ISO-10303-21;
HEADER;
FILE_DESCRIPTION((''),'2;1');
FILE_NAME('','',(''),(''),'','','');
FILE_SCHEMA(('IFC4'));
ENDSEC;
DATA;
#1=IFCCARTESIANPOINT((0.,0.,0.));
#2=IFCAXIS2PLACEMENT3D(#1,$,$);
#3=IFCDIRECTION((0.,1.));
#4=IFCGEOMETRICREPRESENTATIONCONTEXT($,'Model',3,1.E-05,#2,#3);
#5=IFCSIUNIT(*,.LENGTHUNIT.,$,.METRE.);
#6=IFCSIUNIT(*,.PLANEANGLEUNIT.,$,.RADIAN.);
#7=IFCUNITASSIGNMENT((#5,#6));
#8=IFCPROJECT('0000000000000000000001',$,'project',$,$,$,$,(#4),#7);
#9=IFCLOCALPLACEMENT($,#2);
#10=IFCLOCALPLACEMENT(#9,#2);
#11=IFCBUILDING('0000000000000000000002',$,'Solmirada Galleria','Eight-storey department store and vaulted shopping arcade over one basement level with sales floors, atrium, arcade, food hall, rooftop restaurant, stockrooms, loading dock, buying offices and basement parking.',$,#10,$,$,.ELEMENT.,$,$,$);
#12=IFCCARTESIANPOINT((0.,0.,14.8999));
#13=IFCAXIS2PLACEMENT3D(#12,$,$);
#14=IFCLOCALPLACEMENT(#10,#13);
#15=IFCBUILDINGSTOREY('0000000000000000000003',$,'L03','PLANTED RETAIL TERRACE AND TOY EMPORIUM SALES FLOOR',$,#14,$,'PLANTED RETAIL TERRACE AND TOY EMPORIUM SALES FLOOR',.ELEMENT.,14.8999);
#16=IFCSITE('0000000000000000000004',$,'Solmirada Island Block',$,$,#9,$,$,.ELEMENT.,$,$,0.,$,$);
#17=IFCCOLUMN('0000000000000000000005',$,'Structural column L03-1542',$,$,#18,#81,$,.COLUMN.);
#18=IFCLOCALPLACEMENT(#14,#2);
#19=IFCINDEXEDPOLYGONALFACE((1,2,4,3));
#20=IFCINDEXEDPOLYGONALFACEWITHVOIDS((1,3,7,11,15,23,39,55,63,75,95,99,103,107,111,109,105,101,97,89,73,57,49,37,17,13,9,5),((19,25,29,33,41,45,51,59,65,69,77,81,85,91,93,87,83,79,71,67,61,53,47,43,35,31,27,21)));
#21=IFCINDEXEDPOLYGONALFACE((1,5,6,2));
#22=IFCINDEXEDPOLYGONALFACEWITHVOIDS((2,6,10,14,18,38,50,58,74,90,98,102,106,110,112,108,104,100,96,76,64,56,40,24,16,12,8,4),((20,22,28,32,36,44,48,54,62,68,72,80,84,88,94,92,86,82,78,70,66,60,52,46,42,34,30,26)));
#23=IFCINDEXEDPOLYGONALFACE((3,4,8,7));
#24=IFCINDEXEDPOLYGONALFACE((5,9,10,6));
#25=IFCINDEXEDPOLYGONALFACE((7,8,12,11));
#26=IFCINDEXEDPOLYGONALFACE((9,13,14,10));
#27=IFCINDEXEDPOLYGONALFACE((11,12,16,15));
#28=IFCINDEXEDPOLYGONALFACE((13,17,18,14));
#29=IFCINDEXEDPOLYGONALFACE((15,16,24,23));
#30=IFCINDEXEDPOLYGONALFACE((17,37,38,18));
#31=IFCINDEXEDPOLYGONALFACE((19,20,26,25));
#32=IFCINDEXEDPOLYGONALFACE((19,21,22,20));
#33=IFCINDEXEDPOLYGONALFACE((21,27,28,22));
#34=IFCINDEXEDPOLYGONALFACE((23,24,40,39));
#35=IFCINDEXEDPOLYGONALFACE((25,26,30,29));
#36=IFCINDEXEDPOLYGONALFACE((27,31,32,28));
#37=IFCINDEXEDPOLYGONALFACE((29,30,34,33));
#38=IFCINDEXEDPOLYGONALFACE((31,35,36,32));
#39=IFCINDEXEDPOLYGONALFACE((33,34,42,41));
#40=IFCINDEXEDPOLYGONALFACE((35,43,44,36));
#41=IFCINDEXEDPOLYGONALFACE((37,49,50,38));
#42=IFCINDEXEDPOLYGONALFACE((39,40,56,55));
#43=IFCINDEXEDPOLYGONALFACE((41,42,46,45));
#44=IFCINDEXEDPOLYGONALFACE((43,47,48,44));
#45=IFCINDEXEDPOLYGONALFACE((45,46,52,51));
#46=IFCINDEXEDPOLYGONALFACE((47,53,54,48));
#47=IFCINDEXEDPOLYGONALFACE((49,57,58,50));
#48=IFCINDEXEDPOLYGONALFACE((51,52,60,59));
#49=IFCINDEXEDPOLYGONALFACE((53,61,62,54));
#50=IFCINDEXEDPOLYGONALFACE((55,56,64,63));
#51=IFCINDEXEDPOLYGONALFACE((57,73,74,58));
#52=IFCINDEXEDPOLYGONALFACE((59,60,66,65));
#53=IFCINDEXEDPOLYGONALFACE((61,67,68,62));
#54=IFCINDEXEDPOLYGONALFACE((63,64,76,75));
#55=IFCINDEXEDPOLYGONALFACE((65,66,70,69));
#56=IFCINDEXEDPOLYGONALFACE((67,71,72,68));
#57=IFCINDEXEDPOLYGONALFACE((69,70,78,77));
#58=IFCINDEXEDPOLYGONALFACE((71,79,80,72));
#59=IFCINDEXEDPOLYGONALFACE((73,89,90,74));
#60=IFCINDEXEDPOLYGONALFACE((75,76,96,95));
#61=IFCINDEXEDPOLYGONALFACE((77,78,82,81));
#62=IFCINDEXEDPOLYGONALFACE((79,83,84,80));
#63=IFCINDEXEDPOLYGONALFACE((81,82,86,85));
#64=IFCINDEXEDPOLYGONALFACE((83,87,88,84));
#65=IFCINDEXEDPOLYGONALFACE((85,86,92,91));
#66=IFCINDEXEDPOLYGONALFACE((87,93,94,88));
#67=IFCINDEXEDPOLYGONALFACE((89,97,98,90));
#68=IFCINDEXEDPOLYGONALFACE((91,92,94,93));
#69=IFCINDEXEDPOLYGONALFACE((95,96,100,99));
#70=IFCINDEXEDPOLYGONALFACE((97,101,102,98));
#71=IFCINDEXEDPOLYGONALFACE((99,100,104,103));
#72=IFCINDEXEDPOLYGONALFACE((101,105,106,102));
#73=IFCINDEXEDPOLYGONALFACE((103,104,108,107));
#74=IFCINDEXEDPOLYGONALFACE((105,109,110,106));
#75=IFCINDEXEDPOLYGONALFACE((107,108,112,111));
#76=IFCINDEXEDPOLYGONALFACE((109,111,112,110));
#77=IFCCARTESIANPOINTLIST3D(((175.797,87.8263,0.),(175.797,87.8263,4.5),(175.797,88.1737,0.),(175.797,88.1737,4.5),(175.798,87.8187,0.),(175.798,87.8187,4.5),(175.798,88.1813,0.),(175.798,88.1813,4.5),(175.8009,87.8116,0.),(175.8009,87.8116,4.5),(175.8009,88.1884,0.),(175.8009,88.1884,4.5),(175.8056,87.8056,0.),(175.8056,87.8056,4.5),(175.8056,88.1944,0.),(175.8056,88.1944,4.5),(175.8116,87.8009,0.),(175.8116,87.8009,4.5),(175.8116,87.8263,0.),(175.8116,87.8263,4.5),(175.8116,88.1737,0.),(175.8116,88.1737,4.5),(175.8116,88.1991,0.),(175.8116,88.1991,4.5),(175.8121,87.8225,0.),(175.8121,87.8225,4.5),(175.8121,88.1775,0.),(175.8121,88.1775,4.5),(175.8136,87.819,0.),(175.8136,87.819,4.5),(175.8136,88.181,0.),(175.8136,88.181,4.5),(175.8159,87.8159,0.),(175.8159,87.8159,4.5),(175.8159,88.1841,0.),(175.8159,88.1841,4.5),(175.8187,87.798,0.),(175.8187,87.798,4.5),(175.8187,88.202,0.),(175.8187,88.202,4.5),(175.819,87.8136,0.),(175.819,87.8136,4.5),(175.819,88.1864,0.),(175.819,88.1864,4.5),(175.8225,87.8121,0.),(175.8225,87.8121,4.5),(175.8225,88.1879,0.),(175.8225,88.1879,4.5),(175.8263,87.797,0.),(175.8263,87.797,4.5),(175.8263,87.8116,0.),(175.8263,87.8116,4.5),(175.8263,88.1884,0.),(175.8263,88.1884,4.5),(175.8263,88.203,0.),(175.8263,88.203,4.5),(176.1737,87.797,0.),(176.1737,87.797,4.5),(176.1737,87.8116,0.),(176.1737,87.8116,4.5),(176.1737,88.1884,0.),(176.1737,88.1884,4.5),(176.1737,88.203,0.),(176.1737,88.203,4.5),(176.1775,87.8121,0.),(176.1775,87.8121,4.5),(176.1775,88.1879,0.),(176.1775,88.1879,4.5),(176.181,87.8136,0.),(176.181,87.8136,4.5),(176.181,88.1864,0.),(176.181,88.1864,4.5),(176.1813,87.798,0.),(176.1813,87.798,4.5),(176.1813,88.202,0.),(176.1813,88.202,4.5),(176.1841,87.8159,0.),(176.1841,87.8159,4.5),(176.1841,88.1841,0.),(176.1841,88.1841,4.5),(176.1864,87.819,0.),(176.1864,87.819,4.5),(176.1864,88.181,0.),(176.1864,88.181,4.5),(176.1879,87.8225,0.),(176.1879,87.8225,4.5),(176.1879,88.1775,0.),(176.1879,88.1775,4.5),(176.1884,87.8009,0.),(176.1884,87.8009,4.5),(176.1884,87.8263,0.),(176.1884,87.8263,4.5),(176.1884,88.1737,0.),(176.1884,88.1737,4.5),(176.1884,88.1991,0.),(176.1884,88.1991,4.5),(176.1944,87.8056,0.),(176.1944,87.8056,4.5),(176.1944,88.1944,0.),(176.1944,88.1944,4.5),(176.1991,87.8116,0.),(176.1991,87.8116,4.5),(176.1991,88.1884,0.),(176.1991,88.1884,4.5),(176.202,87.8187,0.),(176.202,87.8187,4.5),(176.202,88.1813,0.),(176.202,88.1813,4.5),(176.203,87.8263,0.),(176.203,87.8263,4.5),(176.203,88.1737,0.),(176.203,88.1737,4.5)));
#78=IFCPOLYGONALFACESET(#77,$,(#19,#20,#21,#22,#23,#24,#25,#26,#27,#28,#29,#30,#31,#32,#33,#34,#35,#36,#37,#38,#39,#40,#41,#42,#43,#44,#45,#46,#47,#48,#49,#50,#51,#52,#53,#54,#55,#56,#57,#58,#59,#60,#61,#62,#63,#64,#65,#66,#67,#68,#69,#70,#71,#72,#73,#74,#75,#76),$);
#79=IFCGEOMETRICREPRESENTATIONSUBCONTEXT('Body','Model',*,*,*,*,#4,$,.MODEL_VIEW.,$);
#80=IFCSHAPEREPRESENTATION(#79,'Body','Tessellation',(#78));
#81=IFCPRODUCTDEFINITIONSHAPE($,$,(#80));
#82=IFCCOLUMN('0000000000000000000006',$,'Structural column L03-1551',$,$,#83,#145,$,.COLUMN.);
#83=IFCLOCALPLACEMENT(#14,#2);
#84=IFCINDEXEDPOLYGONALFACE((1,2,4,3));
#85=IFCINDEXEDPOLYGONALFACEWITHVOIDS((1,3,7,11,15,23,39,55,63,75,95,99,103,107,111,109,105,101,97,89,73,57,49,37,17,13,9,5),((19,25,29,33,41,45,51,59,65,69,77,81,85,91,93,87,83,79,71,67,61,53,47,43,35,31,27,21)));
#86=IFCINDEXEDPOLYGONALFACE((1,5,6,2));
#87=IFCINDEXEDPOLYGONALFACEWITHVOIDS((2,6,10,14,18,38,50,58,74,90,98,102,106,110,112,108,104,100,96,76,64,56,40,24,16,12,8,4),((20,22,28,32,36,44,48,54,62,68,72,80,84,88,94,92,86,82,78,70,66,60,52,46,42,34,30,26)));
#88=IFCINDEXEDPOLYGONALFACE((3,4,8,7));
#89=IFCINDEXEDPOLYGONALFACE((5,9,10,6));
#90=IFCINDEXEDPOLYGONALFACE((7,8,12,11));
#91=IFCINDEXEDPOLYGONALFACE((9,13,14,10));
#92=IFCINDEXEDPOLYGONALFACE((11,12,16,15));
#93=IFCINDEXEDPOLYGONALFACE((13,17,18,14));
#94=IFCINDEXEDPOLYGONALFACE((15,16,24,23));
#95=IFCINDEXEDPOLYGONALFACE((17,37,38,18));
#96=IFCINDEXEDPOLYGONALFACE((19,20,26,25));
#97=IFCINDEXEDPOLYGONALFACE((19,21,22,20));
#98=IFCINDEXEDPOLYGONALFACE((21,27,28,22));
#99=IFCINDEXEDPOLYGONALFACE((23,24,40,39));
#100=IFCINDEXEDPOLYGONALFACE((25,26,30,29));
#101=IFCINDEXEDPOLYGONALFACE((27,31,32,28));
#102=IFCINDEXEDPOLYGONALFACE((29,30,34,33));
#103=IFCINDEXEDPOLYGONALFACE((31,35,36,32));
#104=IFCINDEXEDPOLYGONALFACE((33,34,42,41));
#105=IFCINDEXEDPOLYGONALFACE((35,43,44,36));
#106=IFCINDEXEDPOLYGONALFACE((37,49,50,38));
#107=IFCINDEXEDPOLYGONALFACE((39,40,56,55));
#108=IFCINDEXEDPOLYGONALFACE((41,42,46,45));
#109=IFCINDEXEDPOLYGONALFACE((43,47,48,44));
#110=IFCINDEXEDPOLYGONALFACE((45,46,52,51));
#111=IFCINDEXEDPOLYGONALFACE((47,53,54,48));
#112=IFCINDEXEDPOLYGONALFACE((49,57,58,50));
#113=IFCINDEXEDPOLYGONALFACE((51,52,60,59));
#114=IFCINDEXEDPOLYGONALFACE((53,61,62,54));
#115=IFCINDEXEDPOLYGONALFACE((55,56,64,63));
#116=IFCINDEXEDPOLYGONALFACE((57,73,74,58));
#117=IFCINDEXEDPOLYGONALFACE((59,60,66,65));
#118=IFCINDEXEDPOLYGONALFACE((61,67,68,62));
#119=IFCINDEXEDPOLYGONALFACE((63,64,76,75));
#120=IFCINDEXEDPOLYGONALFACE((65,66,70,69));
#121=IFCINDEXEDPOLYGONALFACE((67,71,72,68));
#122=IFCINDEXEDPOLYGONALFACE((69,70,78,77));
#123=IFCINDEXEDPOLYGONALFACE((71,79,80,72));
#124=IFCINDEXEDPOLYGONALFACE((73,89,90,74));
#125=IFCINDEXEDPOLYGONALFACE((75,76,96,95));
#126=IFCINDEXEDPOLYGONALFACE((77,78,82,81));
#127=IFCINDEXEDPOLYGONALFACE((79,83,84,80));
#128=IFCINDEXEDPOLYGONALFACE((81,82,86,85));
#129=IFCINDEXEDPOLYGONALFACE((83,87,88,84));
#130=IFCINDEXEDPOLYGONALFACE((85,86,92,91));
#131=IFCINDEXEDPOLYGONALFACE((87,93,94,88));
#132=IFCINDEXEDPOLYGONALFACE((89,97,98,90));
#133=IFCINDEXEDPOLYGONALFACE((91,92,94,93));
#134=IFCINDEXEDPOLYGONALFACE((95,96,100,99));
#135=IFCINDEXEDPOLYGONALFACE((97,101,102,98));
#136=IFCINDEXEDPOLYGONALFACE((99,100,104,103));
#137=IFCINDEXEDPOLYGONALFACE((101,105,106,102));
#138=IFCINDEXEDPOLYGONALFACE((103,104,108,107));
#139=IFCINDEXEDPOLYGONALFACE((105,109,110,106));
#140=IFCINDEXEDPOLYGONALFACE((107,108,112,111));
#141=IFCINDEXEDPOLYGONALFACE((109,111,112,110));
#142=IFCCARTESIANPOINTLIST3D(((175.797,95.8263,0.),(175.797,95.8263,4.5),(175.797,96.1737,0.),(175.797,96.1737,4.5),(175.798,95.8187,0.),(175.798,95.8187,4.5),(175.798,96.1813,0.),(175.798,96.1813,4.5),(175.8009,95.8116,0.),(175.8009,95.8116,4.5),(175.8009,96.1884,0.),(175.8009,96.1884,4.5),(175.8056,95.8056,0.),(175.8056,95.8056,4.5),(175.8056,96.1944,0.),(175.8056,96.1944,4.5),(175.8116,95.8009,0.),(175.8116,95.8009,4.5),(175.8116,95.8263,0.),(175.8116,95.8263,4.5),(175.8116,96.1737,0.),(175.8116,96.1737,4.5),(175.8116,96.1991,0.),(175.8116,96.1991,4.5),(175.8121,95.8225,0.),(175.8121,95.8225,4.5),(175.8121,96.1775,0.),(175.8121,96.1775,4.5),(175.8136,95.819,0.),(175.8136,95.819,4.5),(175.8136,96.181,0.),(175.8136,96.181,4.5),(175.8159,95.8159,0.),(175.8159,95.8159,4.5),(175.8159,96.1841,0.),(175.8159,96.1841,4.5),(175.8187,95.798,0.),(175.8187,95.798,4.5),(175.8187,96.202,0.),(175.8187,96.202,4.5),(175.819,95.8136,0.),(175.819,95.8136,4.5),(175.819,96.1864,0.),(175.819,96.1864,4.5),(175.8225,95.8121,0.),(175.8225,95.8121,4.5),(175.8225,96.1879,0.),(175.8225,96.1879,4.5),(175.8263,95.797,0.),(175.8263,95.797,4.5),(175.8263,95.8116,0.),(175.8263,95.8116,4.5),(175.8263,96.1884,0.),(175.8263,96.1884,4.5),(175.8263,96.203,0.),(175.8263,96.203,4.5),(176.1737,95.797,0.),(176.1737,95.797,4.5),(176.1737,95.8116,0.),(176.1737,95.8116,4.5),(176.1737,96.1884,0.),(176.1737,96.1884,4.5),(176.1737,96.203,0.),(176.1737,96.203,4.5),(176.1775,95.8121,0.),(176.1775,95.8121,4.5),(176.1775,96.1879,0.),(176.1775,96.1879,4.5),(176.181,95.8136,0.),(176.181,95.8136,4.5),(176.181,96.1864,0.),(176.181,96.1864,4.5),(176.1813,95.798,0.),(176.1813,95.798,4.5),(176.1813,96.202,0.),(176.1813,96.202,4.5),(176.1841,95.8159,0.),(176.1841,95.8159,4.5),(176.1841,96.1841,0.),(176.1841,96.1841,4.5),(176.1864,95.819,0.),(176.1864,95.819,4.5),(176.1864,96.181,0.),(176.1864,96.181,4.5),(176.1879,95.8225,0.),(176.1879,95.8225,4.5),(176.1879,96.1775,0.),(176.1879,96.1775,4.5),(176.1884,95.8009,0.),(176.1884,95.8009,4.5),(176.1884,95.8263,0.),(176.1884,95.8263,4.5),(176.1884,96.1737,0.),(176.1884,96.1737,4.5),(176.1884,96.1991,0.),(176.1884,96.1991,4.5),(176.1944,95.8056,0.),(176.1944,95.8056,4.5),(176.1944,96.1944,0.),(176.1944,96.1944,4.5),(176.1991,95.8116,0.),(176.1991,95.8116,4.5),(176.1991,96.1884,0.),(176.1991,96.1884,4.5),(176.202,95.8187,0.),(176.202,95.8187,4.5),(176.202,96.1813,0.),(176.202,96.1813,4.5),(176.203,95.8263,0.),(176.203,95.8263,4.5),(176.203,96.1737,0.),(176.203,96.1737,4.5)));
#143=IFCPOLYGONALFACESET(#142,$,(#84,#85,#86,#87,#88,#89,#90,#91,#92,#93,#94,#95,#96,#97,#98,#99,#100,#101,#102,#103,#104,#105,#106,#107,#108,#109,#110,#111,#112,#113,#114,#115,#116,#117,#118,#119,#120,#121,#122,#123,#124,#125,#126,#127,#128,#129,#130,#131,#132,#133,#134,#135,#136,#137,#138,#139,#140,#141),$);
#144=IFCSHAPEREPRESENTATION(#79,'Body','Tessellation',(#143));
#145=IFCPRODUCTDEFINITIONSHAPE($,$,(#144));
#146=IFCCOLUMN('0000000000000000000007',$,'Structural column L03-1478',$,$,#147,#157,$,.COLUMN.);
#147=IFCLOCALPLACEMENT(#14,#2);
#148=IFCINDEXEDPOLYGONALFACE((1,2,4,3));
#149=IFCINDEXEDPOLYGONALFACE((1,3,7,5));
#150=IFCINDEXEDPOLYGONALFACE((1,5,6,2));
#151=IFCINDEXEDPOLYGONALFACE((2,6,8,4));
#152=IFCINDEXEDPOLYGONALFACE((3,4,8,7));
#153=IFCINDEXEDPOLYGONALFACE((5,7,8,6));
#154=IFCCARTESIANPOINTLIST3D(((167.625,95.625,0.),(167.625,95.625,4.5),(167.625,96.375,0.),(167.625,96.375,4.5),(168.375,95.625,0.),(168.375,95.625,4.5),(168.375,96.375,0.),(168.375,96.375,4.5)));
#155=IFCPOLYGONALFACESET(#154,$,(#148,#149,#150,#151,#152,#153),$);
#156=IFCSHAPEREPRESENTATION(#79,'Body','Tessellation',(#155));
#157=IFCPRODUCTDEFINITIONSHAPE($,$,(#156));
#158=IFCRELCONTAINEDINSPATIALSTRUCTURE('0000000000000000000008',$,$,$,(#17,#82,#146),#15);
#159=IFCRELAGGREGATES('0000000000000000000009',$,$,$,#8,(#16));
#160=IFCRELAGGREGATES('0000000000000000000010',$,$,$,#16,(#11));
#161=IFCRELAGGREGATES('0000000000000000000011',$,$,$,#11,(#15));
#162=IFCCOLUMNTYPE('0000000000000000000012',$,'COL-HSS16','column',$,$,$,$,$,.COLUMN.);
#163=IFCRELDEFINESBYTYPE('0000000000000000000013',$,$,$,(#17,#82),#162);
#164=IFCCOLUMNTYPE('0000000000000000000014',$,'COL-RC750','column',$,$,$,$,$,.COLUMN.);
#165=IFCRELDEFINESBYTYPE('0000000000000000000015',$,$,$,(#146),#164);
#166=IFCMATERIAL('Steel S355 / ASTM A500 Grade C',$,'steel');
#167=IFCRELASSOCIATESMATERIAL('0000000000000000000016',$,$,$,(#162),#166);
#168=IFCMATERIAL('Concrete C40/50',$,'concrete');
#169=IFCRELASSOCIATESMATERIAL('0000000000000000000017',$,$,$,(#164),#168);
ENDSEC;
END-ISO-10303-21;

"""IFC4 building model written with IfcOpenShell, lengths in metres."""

from ifc_helpers import new_model, si_unit, direction, frame, origin, origin_2d, place, context, subcontext, project, spatial, rectangle, hollow_rectangle, extrude, material, material_profile, profile_set, type_object, element, save


model = new_model("IFC4")

# Units and contexts
model_context = context("Model", 3, precision=1e-05, world=origin(), true_north=direction((0.0, 1.0)))
body_context = subcontext(model_context, "Body", "Model", "MODEL_VIEW")
ifc_project = project(units=[si_unit("LENGTHUNIT", "METRE"), si_unit("PLANEANGLEUNIT", "RADIAN")], contexts=[model_context])

# Site, building, storey
site_placement = place(None, origin())
site = spatial("IfcSite", under=ifc_project, at=site_placement, Name="Solmirada Island Block", CompositionType="ELEMENT", RefElevation=0.0)
building_placement = place(site_placement, origin())
building = spatial("IfcBuilding", under=site, at=building_placement, Name="Solmirada Galleria", Description="Eight-storey department store and vaulted shopping arcade over one basement level with sales floors, atrium, arcade, food hall, rooftop restaurant, stockrooms, loading dock, buying offices and basement parking.", CompositionType="ELEMENT")
storey_placement = place(building_placement, frame((0.0, 0.0, 14.8999)))
storey = spatial("IfcBuildingStorey", under=building, at=storey_placement, Name="L03", Description="PLANTED RETAIL TERRACE AND TOY EMPORIUM SALES FLOOR", LongName="PLANTED RETAIL TERRACE AND TOY EMPORIUM SALES FLOOR", CompositionType="ELEMENT", Elevation=14.8999)

# Columns
ifc_material_1 = material(Name="Steel S355 / ASTM A500 Grade C", Category="steel")
ifc_material_profile_1 = material_profile(ifc_material_1, hollow_rectangle(XDim=0.406, YDim=0.406, WallThickness=0.0146, InnerFilletRadius=0.0146, OuterFilletRadius=0.0293, at=origin_2d()), Name="HSS16X16X5/8")
ifc_profile_set_1 = profile_set([ifc_material_profile_1], Name="Steel S355 / ASTM A500 Grade C")
column_type_1 = type_object("IfcColumnType", Name="COL-HSS16", Description="column", PredefinedType="COLUMN", material=ifc_profile_set_1)
for number, where, z_axis, x_axis, name in (
    (1, (176.0, 88.0, 0.0), (0.0, 0.0, 1.0), (1.0, 0.0, 0.0), "Structural column L03-1542"),
    (2, (176.0, 96.0, 0.0), (0.0, 0.0, 1.0), (1.0, 0.0, 0.0), "Structural column L03-1551"),
):
    element("IfcColumn", number, at=place(storey_placement, frame(where, z_axis=z_axis, x_axis=x_axis)), inside=storey, type_object=column_type_1, Name=name, PredefinedType="COLUMN", context=body_context, shape_type="SweptSolid", body=[
        extrude(hollow_rectangle(XDim=0.406, YDim=0.406, WallThickness=0.0146, InnerFilletRadius=0.0146, OuterFilletRadius=0.0293, at=origin_2d()), origin(), (0.0, 0.0, 1.0), 4.5),
    ])
ifc_material_2 = material(Name="Concrete C40/50", Category="concrete")
ifc_material_profile_2 = material_profile(ifc_material_2, rectangle(XDim=0.75, YDim=0.75, at=origin_2d()), Name="RC750X750")
ifc_profile_set_2 = profile_set([ifc_material_profile_2], Name="Concrete C40/50")
column_type_2 = type_object("IfcColumnType", Name="COL-RC750", Description="column", PredefinedType="COLUMN", material=ifc_profile_set_2)
column_placement = place(storey_placement, frame((168.0, 96.0, 0.0), z_axis=(0.0, 0.0, 1.0), x_axis=(1.0, 0.0, 0.0)))
element("IfcColumn", 3, at=column_placement, inside=storey, type_object=column_type_2, Name="Structural column L03-1478", PredefinedType="COLUMN", context=body_context, shape_type="SweptSolid", body=[
    extrude(rectangle(XDim=0.75, YDim=0.75, at=origin_2d()), origin(), (0.0, 0.0, 1.0), 4.5),
])

save(model, "model.ifc")
